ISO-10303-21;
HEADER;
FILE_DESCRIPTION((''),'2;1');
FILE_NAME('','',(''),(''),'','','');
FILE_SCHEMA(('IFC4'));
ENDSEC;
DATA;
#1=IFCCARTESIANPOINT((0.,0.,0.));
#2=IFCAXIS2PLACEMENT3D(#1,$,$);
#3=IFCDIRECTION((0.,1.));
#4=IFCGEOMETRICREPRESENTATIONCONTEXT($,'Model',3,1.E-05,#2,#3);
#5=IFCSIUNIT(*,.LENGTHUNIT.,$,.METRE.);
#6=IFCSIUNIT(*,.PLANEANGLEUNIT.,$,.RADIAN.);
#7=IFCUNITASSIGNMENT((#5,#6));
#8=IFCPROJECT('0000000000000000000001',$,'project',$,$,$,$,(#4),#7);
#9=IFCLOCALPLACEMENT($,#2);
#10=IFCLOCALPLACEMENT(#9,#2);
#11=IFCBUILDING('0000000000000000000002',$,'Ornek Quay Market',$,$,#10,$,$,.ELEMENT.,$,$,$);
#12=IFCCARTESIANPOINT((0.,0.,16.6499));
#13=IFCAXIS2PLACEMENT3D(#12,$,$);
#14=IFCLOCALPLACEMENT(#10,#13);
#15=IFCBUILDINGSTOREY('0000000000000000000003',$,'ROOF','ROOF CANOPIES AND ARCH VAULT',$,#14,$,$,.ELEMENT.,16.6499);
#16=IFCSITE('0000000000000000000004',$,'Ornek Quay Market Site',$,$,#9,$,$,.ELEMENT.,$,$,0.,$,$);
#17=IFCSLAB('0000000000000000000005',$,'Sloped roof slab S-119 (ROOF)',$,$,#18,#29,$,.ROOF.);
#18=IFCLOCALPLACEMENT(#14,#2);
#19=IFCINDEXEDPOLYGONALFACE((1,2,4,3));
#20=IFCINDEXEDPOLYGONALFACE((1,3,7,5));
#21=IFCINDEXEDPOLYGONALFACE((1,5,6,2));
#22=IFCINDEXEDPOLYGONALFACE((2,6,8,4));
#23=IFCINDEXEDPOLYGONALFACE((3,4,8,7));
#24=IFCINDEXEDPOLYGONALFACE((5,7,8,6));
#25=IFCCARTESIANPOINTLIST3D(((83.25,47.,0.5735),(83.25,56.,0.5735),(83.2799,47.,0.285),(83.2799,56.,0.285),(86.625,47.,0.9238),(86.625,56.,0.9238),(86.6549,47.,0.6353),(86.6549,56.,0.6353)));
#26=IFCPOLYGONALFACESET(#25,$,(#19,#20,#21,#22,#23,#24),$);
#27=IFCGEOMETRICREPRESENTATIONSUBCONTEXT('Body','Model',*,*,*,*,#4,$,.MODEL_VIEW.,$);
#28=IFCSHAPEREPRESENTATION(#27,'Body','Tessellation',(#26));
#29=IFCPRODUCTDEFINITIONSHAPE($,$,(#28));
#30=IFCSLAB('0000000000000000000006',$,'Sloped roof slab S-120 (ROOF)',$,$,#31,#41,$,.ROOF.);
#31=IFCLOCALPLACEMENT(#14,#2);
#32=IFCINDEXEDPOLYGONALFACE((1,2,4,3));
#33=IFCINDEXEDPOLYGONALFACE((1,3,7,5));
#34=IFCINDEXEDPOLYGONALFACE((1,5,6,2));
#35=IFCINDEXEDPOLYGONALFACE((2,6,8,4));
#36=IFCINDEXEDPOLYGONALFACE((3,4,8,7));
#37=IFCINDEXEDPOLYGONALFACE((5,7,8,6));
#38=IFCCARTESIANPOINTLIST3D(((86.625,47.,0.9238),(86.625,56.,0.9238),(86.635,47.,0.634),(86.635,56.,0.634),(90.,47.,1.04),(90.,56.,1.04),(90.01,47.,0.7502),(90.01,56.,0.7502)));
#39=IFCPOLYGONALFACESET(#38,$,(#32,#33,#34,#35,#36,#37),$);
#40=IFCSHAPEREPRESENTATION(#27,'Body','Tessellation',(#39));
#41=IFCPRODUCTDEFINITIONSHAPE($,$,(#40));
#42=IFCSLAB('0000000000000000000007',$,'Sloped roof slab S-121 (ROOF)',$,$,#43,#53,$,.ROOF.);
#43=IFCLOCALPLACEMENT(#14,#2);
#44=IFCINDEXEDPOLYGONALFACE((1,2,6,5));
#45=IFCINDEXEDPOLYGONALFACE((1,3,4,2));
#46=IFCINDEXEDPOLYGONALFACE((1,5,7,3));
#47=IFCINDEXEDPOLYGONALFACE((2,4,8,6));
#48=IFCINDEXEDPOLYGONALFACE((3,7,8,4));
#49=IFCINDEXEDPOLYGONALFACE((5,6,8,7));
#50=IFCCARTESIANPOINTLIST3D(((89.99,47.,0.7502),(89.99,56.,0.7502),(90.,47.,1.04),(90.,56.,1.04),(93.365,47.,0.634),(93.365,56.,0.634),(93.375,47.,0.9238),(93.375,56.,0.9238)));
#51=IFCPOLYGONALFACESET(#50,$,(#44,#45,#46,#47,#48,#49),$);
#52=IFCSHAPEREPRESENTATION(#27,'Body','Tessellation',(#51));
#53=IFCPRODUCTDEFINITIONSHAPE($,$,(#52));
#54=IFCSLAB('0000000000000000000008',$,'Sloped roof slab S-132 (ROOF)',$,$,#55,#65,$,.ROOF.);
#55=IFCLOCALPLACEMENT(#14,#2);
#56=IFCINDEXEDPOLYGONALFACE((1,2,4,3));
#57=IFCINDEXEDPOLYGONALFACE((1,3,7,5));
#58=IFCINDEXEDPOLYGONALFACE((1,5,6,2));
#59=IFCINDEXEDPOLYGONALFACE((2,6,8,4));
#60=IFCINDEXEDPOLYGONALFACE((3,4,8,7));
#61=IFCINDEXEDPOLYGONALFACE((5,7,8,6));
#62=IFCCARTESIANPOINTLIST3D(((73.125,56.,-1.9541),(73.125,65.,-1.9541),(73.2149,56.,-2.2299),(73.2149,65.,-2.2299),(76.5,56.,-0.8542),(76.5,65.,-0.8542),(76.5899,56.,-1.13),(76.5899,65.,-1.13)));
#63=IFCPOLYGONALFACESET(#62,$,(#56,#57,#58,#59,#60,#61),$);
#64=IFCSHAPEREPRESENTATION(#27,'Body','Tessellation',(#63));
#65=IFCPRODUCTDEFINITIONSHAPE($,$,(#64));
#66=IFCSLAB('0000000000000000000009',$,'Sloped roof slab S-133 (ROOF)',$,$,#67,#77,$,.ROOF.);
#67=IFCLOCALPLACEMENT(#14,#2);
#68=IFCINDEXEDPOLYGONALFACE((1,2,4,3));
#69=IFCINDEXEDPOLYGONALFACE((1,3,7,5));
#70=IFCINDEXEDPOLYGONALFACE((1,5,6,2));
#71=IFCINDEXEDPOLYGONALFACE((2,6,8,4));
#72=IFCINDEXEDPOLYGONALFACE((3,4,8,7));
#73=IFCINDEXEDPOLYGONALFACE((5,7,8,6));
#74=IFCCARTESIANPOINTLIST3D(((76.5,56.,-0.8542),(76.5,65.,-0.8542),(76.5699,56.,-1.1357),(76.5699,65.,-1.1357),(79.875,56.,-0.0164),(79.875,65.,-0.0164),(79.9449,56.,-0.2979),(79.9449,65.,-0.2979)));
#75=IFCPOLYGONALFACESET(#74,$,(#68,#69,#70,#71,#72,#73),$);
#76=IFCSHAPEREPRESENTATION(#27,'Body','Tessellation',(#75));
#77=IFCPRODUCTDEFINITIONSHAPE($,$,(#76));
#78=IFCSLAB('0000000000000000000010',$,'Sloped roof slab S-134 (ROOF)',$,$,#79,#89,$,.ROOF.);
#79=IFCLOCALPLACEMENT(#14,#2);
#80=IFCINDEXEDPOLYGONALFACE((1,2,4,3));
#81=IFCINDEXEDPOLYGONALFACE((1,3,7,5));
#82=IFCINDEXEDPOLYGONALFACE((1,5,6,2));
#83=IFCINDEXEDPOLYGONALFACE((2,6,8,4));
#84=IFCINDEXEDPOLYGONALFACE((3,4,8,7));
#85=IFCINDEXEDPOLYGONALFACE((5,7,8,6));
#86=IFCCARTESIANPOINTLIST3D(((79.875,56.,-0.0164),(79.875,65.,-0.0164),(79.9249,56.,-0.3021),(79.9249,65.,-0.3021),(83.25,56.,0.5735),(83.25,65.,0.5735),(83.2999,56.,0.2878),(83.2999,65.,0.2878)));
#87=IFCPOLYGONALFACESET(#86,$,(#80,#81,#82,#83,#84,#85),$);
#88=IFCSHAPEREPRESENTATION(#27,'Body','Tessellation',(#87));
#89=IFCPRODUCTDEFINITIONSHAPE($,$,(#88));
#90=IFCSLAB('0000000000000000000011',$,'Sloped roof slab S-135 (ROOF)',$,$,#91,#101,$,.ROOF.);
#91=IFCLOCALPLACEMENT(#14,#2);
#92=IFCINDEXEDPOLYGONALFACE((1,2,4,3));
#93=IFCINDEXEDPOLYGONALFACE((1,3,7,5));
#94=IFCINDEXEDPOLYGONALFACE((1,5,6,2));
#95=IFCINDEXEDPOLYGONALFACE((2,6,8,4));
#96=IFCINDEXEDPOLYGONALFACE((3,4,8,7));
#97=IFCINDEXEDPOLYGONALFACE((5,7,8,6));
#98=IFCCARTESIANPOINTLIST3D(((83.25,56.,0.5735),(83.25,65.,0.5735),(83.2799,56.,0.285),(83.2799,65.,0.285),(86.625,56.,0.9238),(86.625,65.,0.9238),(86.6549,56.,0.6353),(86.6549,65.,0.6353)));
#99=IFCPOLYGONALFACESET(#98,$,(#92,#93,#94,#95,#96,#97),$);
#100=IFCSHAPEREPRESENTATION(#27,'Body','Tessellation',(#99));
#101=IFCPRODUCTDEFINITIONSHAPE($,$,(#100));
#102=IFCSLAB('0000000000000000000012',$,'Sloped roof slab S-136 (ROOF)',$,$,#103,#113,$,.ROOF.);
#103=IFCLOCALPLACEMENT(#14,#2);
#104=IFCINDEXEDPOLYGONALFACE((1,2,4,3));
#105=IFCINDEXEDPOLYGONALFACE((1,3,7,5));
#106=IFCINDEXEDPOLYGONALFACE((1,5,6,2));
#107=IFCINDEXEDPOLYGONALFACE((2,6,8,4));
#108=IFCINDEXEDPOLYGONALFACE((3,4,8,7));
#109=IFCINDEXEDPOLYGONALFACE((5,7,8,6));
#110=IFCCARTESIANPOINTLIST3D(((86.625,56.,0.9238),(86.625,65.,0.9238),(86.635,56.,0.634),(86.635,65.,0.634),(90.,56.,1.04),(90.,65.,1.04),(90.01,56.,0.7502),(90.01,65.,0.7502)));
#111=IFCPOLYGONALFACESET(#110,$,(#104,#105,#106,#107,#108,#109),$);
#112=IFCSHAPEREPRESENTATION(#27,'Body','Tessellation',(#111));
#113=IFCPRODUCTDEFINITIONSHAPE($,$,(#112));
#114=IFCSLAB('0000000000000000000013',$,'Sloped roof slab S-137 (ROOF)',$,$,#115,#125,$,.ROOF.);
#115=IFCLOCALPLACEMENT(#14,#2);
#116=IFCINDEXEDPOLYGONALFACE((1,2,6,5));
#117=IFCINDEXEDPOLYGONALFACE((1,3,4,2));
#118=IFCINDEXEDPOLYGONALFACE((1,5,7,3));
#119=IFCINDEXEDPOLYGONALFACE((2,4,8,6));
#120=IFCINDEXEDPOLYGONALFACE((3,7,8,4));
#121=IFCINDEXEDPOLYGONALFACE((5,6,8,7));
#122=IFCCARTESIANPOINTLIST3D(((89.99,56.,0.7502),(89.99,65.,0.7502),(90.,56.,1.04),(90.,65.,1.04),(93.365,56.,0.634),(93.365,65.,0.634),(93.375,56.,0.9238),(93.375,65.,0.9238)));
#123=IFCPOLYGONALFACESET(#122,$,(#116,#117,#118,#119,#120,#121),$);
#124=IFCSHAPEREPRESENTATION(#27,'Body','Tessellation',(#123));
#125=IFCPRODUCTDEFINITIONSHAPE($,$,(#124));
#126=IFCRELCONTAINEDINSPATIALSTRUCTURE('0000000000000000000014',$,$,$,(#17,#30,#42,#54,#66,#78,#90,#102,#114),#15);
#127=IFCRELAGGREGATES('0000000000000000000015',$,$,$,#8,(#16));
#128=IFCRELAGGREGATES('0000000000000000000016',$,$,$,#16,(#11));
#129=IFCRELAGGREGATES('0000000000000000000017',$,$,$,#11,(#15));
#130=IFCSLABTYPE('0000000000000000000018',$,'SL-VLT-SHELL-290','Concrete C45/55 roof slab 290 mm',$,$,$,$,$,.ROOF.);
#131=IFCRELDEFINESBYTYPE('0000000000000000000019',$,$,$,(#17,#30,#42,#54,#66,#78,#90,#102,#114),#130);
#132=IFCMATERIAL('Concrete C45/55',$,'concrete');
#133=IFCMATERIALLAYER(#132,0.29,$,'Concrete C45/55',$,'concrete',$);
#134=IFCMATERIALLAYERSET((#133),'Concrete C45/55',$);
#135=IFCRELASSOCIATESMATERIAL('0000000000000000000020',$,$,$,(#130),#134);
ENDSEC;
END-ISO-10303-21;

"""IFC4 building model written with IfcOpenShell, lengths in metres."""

from ifc_helpers import new_model, si_unit, direction, frame, origin, place, context, subcontext, project, spatial, polyline, outline, extrude, material, layer, layer_set, type_object, element, save


model = new_model("IFC4")

# Units and contexts
model_context = context("Model", 3, precision=1e-05, world=origin(), true_north=direction((0.0, 1.0)))
body_context = subcontext(model_context, "Body", "Model", "MODEL_VIEW")
ifc_project = project(units=[si_unit("LENGTHUNIT", "METRE"), si_unit("PLANEANGLEUNIT", "RADIAN")], contexts=[model_context])

# Site, building, storey
site_placement = place(None, origin())
site = spatial("IfcSite", under=ifc_project, at=site_placement, Name="Ornek Quay Market Site", CompositionType="ELEMENT", RefElevation=0.0)
building_placement = place(site_placement, origin())
building = spatial("IfcBuilding", under=site, at=building_placement, Name="Ornek Quay Market", CompositionType="ELEMENT")
storey_placement = place(building_placement, frame((0.0, 0.0, 16.6499)))
storey = spatial("IfcBuildingStorey", under=building, at=storey_placement, Name="ROOF", Description="ROOF CANOPIES AND ARCH VAULT", CompositionType="ELEMENT", Elevation=16.6499)

# Slabs
ifc_material_1 = material(Name="Concrete C45/55", Category="concrete")
ifc_layer = layer(ifc_material_1, 0.29, Name="Concrete C45/55", Category="concrete")
ifc_layer_set = layer_set([ifc_layer], Name="Concrete C45/55")
slab_type = type_object("IfcSlabType", Name="SL-VLT-SHELL-290", Description="Concrete C45/55 roof slab 290 mm", PredefinedType="ROOF", material=ifc_layer_set)
slab_1_placement = place(storey_placement, frame((83.25, 47.0, 0.5735), z_axis=(-0.10325, 0.0, 0.994655), x_axis=(0.994655, 0.0, 0.10325)))
element("IfcSlab", 1, at=slab_1_placement, inside=storey, type_object=slab_type, Name="Sloped roof slab S-119 (ROOF)", PredefinedType="ROOF", context=body_context, shape_type="SweptSolid", body=[
    extrude(outline(polyline([(0.0, 0.0), (3.3931, 0.0), (3.3931, 9.0), (0.0, 9.0), (0.0, 0.0)])), origin(), (0.0, 0.0, -1.0), 0.29),
])
for number, where, z_axis, x_axis, name in (
    (2, (86.625, 47.0, 0.9238), (-0.034412, 0.0, 0.999408), (0.999408, 0.0, 0.034412), "Sloped roof slab S-120 (ROOF)"),
    (3, (90.0, 47.0, 1.04), (0.034412, 0.0, 0.999408), (0.999408, 0.0, -0.034412), "Sloped roof slab S-121 (ROOF)"),
):
    element("IfcSlab", number, at=place(storey_placement, frame(where, z_axis=z_axis, x_axis=x_axis)), inside=storey, type_object=slab_type, Name=name, PredefinedType="ROOF", context=body_context, shape_type="SweptSolid", body=[
        extrude(outline(polyline([(0.0, 0.0), (3.377, 0.0), (3.377, 9.0), (0.0, 9.0), (0.0, 0.0)])), origin(), (0.0, 0.0, -1.0), 0.29),
    ])
slab_2_placement = place(storey_placement, frame((73.125, 56.0, -1.9541), z_axis=(-0.309845, 0.0, 0.950787), x_axis=(0.950787, 0.0, 0.309845)))
element("IfcSlab", 4, at=slab_2_placement, inside=storey, type_object=slab_type, Name="Sloped roof slab S-132 (ROOF)", PredefinedType="ROOF", context=body_context, shape_type="SweptSolid", body=[
    extrude(outline(polyline([(0.0, 0.0), (3.5497, 0.0), (3.5497, 9.0), (0.0, 9.0), (0.0, 0.0)])), origin(), (0.0, 0.0, -1.0), 0.29),
])
slab_3_placement = place(storey_placement, frame((76.5, 56.0, -0.8542), z_axis=(-0.240949, 0.0, 0.970538), x_axis=(0.970538, 0.0, 0.240949)))
element("IfcSlab", 5, at=slab_3_placement, inside=storey, type_object=slab_type, Name="Sloped roof slab S-133 (ROOF)", PredefinedType="ROOF", context=body_context, shape_type="SweptSolid", body=[
    extrude(outline(polyline([(0.0, 0.0), (3.4775, 0.0), (3.4775, 9.0), (0.0, 9.0), (0.0, 0.0)])), origin(), (0.0, 0.0, -1.0), 0.29),
])
slab_4_placement = place(storey_placement, frame((79.875, 56.0, -0.0164), z_axis=(-0.172159, 0.0, 0.985069), x_axis=(0.985069, 0.0, 0.172159)))
element("IfcSlab", 6, at=slab_4_placement, inside=storey, type_object=slab_type, Name="Sloped roof slab S-134 (ROOF)", PredefinedType="ROOF", context=body_context, shape_type="SweptSolid", body=[
    extrude(outline(polyline([(0.0, 0.0), (3.4262, 0.0), (3.4262, 9.0), (0.0, 9.0), (0.0, 0.0)])), origin(), (0.0, 0.0, -1.0), 0.29),
])
slab_5_placement = place(storey_placement, frame((83.25, 56.0, 0.5735), z_axis=(-0.10325, 0.0, 0.994655), x_axis=(0.994655, 0.0, 0.10325)))
element("IfcSlab", 7, at=slab_5_placement, inside=storey, type_object=slab_type, Name="Sloped roof slab S-135 (ROOF)", PredefinedType="ROOF", context=body_context, shape_type="SweptSolid", body=[
    extrude(outline(polyline([(0.0, 0.0), (3.3931, 0.0), (3.3931, 9.0), (0.0, 9.0), (0.0, 0.0)])), origin(), (0.0, 0.0, -1.0), 0.29),
])
for number, where, z_axis, x_axis, name in (
    (8, (86.625, 56.0, 0.9238), (-0.034412, 0.0, 0.999408), (0.999408, 0.0, 0.034412), "Sloped roof slab S-136 (ROOF)"),
    (9, (90.0, 56.0, 1.04), (0.034412, 0.0, 0.999408), (0.999408, 0.0, -0.034412), "Sloped roof slab S-137 (ROOF)"),
):
    element("IfcSlab", number, at=place(storey_placement, frame(where, z_axis=z_axis, x_axis=x_axis)), inside=storey, type_object=slab_type, Name=name, PredefinedType="ROOF", context=body_context, shape_type="SweptSolid", body=[
        extrude(outline(polyline([(0.0, 0.0), (3.377, 0.0), (3.377, 9.0), (0.0, 9.0), (0.0, 0.0)])), origin(), (0.0, 0.0, -1.0), 0.29),
    ])

save(model, "model.ifc")
